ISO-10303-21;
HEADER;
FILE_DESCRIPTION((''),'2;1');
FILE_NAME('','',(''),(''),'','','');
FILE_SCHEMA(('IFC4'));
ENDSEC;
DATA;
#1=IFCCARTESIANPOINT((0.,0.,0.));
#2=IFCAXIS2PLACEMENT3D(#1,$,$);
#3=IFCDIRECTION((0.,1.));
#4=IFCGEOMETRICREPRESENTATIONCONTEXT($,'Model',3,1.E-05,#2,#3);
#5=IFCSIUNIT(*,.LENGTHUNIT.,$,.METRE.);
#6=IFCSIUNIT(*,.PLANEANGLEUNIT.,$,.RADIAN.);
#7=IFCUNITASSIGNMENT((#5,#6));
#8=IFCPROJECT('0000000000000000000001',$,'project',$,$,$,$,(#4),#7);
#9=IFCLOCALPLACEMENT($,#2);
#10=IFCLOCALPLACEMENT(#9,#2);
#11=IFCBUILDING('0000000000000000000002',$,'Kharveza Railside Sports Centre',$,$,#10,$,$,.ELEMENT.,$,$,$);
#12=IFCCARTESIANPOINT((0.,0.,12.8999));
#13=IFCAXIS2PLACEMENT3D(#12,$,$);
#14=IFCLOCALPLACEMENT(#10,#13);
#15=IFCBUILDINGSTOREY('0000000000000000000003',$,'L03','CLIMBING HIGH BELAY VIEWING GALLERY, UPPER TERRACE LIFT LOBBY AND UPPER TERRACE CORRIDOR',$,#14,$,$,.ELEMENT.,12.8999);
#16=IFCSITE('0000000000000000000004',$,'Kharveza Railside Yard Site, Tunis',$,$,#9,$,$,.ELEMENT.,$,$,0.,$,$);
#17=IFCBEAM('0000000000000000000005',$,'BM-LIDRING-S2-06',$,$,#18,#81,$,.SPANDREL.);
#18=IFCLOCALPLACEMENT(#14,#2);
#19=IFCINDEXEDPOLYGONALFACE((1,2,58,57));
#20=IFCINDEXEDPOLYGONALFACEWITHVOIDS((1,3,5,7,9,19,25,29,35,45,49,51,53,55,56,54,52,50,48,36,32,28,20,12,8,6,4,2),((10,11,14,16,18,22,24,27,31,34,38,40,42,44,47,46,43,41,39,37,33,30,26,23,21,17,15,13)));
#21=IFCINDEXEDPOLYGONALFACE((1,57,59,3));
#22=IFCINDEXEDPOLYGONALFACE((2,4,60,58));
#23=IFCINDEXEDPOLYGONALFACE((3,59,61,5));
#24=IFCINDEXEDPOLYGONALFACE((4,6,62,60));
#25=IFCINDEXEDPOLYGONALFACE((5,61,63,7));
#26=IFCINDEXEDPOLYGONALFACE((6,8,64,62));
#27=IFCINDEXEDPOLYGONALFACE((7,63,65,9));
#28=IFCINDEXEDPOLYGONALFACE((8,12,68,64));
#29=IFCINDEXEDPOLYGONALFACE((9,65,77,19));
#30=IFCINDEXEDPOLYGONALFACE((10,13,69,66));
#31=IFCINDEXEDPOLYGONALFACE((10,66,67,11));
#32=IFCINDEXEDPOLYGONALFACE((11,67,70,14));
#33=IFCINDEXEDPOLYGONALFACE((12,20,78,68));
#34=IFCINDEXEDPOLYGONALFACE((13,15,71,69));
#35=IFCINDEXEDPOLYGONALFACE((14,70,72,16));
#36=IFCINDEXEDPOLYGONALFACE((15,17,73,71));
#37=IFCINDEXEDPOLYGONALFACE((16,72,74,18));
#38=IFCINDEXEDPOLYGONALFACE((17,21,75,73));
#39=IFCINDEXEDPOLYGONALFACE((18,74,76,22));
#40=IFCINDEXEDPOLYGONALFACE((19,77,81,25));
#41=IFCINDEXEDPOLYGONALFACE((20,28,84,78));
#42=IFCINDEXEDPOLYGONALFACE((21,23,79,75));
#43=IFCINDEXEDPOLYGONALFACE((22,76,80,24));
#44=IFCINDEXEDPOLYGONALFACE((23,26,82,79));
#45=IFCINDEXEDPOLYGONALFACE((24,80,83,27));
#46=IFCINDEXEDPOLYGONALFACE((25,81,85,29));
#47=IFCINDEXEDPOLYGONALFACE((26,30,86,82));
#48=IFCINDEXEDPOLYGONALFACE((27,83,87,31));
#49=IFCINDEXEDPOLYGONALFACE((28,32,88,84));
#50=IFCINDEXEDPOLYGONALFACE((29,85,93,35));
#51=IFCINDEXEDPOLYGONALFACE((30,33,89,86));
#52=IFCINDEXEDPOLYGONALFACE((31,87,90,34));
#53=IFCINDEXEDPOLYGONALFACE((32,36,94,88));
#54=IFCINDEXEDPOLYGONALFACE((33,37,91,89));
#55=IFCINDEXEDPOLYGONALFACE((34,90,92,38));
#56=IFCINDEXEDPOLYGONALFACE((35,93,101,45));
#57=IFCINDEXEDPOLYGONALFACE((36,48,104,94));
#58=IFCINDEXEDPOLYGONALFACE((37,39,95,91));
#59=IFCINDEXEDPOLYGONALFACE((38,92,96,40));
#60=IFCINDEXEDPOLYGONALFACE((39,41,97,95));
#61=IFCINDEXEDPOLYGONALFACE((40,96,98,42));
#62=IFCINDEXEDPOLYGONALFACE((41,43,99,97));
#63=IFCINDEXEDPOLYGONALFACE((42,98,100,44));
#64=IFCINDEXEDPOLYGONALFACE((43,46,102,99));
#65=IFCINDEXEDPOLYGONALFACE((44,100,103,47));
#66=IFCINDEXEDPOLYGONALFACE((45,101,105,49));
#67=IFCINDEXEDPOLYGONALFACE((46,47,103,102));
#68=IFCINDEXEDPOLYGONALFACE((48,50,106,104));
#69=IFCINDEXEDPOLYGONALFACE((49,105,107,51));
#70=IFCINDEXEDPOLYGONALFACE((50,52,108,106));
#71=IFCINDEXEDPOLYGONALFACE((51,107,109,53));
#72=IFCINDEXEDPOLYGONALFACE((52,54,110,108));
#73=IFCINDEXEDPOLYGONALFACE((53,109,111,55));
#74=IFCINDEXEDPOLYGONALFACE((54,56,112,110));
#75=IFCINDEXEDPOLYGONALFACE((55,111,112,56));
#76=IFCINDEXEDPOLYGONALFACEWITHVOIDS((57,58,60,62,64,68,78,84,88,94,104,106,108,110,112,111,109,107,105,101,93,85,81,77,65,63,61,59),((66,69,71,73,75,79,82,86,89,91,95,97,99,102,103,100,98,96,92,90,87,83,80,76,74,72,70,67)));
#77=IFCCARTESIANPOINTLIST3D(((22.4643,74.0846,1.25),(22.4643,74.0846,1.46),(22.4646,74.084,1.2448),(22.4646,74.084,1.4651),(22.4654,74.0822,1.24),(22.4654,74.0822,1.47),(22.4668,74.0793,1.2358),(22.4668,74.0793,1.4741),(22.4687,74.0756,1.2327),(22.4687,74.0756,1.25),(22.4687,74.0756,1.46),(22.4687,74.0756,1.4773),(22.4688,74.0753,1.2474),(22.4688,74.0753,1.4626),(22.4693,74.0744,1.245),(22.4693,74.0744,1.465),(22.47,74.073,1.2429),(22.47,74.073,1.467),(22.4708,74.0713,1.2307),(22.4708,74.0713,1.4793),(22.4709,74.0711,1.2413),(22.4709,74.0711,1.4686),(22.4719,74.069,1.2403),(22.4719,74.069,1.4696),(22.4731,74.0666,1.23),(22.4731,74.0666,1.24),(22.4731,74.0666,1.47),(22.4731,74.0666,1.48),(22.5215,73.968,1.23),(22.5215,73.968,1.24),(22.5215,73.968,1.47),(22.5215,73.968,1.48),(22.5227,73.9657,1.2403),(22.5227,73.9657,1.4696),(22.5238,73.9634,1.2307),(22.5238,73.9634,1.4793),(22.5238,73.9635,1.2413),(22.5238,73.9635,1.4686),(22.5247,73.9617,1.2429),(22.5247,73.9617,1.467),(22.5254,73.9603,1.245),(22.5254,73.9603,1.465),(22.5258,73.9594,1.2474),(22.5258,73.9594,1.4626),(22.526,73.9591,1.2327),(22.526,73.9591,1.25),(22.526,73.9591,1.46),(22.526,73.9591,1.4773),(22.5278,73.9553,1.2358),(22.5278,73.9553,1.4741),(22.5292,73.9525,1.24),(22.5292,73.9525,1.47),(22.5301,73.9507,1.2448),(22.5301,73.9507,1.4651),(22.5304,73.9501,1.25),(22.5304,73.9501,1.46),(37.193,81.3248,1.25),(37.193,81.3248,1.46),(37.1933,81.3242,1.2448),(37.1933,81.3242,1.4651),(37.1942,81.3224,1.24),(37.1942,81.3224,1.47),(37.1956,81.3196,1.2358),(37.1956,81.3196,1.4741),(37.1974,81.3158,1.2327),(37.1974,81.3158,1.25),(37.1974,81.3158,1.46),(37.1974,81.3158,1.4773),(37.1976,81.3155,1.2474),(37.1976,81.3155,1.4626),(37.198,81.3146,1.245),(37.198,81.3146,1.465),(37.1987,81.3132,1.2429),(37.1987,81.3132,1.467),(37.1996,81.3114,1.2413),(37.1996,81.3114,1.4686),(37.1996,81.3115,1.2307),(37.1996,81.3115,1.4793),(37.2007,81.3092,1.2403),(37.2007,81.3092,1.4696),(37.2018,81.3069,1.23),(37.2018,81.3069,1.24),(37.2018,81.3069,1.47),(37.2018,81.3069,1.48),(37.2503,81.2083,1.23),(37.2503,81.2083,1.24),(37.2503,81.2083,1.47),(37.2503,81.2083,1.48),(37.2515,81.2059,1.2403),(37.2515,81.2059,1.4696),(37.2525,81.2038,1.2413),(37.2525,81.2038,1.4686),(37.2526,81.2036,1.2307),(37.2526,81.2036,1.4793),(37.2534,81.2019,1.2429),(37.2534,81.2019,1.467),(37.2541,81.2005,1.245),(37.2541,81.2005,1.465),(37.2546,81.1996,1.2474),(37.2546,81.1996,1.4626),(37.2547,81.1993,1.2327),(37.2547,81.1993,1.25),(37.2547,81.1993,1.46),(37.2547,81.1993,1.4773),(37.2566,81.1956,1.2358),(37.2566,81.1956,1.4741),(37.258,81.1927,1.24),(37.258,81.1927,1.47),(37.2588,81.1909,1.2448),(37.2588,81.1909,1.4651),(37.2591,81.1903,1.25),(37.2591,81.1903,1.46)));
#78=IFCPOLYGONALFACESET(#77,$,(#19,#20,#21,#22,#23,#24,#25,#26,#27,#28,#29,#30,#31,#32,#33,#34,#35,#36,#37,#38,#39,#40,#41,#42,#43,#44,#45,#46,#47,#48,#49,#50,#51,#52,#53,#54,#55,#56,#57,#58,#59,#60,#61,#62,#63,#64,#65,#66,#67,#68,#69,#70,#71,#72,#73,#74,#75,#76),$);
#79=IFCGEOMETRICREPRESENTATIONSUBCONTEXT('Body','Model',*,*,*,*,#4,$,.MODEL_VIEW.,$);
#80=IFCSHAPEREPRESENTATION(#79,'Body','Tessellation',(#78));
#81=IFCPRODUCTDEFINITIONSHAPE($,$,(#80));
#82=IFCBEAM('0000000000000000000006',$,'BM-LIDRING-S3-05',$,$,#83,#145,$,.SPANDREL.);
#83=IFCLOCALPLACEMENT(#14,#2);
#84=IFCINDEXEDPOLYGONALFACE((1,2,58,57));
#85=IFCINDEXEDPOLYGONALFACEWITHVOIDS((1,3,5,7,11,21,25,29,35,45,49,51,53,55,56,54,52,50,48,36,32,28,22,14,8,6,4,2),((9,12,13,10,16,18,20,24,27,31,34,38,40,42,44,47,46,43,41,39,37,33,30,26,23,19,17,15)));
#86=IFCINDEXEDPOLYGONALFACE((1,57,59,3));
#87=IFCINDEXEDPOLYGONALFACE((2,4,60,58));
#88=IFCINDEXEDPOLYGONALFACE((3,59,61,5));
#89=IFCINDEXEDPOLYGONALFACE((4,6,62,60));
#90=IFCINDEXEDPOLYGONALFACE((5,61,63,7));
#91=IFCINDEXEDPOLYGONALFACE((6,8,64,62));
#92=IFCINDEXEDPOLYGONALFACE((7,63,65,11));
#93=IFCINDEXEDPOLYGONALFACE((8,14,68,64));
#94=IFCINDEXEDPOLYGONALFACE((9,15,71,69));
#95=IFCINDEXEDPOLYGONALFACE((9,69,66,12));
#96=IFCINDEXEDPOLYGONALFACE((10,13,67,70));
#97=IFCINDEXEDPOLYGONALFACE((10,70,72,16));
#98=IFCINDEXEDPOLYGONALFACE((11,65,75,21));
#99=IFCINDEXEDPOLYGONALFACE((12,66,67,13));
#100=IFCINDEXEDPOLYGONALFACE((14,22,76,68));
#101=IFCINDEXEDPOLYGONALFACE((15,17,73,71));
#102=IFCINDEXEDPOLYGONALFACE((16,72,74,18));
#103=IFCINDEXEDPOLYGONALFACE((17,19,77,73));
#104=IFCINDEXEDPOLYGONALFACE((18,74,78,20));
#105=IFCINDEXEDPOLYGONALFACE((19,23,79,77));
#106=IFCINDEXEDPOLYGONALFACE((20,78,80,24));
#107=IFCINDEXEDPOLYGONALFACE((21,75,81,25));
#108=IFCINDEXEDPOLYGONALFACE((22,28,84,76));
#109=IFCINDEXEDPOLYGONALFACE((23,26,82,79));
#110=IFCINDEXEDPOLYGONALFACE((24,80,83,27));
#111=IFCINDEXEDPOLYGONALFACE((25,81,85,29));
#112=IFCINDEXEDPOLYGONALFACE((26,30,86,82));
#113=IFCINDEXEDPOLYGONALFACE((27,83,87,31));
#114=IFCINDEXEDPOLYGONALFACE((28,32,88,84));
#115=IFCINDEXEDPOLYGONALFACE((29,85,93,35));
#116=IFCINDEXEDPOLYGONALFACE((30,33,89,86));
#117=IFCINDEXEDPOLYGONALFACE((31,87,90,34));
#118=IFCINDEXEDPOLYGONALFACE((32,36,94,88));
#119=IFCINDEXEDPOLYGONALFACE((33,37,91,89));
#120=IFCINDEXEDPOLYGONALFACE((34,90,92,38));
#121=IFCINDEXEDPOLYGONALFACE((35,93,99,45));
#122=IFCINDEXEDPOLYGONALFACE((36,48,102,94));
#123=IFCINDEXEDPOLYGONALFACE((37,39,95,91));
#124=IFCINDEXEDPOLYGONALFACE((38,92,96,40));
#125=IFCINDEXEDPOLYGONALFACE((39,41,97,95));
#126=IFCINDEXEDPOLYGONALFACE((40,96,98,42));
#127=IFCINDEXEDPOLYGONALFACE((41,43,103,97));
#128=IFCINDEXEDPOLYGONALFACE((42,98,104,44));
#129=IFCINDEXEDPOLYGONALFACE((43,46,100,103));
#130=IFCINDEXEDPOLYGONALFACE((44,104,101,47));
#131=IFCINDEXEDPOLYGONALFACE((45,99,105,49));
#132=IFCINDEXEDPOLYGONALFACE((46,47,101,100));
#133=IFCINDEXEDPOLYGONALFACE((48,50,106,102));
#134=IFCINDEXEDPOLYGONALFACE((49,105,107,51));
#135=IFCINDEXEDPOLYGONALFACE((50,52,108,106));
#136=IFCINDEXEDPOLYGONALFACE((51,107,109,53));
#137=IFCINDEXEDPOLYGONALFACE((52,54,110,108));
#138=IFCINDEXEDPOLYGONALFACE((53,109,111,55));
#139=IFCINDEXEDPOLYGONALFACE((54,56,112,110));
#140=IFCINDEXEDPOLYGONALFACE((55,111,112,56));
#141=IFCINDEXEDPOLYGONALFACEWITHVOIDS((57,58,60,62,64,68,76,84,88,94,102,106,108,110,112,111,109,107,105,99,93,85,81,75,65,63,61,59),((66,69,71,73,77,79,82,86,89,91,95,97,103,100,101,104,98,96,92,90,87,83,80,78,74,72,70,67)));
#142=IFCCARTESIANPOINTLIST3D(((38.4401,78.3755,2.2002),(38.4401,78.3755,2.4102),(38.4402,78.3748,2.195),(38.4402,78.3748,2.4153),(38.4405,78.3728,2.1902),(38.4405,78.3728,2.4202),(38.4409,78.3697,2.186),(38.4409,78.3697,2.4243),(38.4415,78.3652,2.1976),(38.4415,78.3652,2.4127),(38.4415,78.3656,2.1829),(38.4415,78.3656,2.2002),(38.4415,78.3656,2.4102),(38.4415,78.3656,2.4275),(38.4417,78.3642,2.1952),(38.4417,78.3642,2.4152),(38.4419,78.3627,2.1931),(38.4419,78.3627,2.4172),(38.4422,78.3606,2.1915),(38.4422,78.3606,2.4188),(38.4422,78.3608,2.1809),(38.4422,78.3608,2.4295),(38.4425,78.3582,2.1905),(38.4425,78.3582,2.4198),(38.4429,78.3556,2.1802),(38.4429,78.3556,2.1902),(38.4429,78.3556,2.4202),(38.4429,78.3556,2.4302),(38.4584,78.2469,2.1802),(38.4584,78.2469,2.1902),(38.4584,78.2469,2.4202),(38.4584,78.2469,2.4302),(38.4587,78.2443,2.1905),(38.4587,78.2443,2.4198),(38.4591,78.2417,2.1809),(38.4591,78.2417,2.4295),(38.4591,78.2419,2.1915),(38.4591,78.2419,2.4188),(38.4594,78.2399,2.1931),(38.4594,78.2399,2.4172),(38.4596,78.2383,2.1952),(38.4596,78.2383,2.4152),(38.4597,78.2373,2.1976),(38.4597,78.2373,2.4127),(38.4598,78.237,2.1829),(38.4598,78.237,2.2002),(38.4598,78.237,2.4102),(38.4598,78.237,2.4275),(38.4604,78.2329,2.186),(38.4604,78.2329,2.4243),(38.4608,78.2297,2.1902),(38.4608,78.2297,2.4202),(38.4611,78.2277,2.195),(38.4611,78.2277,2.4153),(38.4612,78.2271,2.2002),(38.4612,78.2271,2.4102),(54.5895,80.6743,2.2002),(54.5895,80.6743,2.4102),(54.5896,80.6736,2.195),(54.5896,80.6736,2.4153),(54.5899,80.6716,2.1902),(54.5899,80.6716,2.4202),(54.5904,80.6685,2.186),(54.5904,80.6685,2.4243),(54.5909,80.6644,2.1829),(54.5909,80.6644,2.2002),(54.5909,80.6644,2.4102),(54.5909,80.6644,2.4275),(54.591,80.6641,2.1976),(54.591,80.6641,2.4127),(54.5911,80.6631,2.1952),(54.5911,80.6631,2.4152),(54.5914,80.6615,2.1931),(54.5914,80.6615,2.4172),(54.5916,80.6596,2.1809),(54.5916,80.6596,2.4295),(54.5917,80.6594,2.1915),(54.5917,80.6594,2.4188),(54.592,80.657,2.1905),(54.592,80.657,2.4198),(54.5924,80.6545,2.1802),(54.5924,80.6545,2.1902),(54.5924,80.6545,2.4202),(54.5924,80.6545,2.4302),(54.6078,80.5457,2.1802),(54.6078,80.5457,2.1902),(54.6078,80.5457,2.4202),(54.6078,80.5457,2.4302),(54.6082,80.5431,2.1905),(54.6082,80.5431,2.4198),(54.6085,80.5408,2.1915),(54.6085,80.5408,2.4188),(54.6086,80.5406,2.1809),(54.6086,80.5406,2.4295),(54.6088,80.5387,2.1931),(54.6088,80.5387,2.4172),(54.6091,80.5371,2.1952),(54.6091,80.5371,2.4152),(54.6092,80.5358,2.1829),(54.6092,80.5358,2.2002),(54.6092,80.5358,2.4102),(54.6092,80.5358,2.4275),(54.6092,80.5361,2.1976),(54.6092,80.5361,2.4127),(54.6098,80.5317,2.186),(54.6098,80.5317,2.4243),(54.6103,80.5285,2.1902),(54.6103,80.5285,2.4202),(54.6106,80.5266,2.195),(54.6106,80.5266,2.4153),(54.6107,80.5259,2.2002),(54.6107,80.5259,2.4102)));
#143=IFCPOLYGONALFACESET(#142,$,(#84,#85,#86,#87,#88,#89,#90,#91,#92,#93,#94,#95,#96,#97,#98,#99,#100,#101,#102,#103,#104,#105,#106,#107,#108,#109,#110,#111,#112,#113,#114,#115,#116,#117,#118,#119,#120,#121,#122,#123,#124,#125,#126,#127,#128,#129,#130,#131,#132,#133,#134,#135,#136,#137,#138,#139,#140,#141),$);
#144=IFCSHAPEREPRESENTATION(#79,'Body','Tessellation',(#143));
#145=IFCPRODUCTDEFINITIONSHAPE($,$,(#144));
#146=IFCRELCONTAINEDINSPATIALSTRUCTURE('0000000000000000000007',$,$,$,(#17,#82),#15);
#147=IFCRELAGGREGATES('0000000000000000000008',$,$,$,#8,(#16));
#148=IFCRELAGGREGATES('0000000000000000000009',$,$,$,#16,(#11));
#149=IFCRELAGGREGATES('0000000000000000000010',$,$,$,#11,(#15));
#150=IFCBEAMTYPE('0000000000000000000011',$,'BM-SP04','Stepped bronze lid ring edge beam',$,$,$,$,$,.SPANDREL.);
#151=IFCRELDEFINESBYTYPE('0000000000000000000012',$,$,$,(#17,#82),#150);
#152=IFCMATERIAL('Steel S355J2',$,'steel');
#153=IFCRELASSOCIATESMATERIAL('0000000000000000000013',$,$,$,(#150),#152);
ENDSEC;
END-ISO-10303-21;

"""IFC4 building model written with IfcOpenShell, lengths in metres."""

from ifc_helpers import new_model, si_unit, direction, frame, origin, origin_2d, place, context, subcontext, project, spatial, hollow_rectangle, extrude, material, material_profile, profile_set, type_object, element, save


model = new_model("IFC4")

# Units and contexts
model_context = context("Model", 3, precision=1e-05, world=origin(), true_north=direction((0.0, 1.0)))
body_context = subcontext(model_context, "Body", "Model", "MODEL_VIEW")
ifc_project = project(units=[si_unit("LENGTHUNIT", "METRE"), si_unit("PLANEANGLEUNIT", "RADIAN")], contexts=[model_context])

# Site, building, storey
site_placement = place(None, origin())
site = spatial("IfcSite", under=ifc_project, at=site_placement, Name="Kharveza Railside Yard Site, Tunis", CompositionType="ELEMENT", RefElevation=0.0)
building_placement = place(site_placement, origin())
building = spatial("IfcBuilding", under=site, at=building_placement, Name="Kharveza Railside Sports Centre", CompositionType="ELEMENT")
storey_placement = place(building_placement, frame((0.0, 0.0, 12.8999)))
storey = spatial("IfcBuildingStorey", under=building, at=storey_placement, Name="L03", Description="CLIMBING HIGH BELAY VIEWING GALLERY, UPPER TERRACE LIFT LOBBY AND UPPER TERRACE CORRIDOR", CompositionType="ELEMENT", Elevation=12.8999)

# Beams
ifc_material_1 = material(Name="Steel S355J2", Category="steel")
ifc_material_profile_1 = material_profile(ifc_material_1, hollow_rectangle(XDim=0.1499, YDim=0.25, WallThickness=0.01, InnerFilletRadius=0.01, OuterFilletRadius=0.02, at=origin_2d()), Name="RHS 150x250x10.0")
ifc_profile_set_1 = profile_set([ifc_material_profile_1], Name="Steel S355J2")
beam_type = type_object("IfcBeamType", Name="BM-SP04", Description="Stepped bronze lid ring edge beam", PredefinedType="SPANDREL", material=ifc_profile_set_1)
beam_1_placement = place(storey_placement, frame((37.2261, 81.2576, 1.355), z_axis=(-0.897432, -0.441152, 0.0), x_axis=(0.441152, -0.897432, 0.0)))
element("IfcBeam", 1, at=beam_1_placement, inside=storey, type_object=beam_type, Name="BM-LIDRING-S2-06", PredefinedType="SPANDREL", context=body_context, shape_type="SweptSolid", body=[
    extrude(hollow_rectangle(XDim=0.1499, YDim=0.25, WallThickness=0.01, InnerFilletRadius=0.01, OuterFilletRadius=0.02, at=origin_2d()), origin(), (0.0, 0.0, 1.0), 16.4121),
])
beam_2_placement = place(storey_placement, frame((54.6001, 80.6001, 2.3052), z_axis=(-0.99002, -0.140927, 0.0), x_axis=(0.140927, -0.99002, 0.0)))
element("IfcBeam", 2, at=beam_2_placement, inside=storey, type_object=beam_type, Name="BM-LIDRING-S3-05", PredefinedType="SPANDREL", context=body_context, shape_type="SweptSolid", body=[
    extrude(hollow_rectangle(XDim=0.1499, YDim=0.25, WallThickness=0.01, InnerFilletRadius=0.01, OuterFilletRadius=0.02, at=origin_2d()), origin(), (0.0, 0.0, 1.0), 16.3123),
])

save(model, "model.ifc")
